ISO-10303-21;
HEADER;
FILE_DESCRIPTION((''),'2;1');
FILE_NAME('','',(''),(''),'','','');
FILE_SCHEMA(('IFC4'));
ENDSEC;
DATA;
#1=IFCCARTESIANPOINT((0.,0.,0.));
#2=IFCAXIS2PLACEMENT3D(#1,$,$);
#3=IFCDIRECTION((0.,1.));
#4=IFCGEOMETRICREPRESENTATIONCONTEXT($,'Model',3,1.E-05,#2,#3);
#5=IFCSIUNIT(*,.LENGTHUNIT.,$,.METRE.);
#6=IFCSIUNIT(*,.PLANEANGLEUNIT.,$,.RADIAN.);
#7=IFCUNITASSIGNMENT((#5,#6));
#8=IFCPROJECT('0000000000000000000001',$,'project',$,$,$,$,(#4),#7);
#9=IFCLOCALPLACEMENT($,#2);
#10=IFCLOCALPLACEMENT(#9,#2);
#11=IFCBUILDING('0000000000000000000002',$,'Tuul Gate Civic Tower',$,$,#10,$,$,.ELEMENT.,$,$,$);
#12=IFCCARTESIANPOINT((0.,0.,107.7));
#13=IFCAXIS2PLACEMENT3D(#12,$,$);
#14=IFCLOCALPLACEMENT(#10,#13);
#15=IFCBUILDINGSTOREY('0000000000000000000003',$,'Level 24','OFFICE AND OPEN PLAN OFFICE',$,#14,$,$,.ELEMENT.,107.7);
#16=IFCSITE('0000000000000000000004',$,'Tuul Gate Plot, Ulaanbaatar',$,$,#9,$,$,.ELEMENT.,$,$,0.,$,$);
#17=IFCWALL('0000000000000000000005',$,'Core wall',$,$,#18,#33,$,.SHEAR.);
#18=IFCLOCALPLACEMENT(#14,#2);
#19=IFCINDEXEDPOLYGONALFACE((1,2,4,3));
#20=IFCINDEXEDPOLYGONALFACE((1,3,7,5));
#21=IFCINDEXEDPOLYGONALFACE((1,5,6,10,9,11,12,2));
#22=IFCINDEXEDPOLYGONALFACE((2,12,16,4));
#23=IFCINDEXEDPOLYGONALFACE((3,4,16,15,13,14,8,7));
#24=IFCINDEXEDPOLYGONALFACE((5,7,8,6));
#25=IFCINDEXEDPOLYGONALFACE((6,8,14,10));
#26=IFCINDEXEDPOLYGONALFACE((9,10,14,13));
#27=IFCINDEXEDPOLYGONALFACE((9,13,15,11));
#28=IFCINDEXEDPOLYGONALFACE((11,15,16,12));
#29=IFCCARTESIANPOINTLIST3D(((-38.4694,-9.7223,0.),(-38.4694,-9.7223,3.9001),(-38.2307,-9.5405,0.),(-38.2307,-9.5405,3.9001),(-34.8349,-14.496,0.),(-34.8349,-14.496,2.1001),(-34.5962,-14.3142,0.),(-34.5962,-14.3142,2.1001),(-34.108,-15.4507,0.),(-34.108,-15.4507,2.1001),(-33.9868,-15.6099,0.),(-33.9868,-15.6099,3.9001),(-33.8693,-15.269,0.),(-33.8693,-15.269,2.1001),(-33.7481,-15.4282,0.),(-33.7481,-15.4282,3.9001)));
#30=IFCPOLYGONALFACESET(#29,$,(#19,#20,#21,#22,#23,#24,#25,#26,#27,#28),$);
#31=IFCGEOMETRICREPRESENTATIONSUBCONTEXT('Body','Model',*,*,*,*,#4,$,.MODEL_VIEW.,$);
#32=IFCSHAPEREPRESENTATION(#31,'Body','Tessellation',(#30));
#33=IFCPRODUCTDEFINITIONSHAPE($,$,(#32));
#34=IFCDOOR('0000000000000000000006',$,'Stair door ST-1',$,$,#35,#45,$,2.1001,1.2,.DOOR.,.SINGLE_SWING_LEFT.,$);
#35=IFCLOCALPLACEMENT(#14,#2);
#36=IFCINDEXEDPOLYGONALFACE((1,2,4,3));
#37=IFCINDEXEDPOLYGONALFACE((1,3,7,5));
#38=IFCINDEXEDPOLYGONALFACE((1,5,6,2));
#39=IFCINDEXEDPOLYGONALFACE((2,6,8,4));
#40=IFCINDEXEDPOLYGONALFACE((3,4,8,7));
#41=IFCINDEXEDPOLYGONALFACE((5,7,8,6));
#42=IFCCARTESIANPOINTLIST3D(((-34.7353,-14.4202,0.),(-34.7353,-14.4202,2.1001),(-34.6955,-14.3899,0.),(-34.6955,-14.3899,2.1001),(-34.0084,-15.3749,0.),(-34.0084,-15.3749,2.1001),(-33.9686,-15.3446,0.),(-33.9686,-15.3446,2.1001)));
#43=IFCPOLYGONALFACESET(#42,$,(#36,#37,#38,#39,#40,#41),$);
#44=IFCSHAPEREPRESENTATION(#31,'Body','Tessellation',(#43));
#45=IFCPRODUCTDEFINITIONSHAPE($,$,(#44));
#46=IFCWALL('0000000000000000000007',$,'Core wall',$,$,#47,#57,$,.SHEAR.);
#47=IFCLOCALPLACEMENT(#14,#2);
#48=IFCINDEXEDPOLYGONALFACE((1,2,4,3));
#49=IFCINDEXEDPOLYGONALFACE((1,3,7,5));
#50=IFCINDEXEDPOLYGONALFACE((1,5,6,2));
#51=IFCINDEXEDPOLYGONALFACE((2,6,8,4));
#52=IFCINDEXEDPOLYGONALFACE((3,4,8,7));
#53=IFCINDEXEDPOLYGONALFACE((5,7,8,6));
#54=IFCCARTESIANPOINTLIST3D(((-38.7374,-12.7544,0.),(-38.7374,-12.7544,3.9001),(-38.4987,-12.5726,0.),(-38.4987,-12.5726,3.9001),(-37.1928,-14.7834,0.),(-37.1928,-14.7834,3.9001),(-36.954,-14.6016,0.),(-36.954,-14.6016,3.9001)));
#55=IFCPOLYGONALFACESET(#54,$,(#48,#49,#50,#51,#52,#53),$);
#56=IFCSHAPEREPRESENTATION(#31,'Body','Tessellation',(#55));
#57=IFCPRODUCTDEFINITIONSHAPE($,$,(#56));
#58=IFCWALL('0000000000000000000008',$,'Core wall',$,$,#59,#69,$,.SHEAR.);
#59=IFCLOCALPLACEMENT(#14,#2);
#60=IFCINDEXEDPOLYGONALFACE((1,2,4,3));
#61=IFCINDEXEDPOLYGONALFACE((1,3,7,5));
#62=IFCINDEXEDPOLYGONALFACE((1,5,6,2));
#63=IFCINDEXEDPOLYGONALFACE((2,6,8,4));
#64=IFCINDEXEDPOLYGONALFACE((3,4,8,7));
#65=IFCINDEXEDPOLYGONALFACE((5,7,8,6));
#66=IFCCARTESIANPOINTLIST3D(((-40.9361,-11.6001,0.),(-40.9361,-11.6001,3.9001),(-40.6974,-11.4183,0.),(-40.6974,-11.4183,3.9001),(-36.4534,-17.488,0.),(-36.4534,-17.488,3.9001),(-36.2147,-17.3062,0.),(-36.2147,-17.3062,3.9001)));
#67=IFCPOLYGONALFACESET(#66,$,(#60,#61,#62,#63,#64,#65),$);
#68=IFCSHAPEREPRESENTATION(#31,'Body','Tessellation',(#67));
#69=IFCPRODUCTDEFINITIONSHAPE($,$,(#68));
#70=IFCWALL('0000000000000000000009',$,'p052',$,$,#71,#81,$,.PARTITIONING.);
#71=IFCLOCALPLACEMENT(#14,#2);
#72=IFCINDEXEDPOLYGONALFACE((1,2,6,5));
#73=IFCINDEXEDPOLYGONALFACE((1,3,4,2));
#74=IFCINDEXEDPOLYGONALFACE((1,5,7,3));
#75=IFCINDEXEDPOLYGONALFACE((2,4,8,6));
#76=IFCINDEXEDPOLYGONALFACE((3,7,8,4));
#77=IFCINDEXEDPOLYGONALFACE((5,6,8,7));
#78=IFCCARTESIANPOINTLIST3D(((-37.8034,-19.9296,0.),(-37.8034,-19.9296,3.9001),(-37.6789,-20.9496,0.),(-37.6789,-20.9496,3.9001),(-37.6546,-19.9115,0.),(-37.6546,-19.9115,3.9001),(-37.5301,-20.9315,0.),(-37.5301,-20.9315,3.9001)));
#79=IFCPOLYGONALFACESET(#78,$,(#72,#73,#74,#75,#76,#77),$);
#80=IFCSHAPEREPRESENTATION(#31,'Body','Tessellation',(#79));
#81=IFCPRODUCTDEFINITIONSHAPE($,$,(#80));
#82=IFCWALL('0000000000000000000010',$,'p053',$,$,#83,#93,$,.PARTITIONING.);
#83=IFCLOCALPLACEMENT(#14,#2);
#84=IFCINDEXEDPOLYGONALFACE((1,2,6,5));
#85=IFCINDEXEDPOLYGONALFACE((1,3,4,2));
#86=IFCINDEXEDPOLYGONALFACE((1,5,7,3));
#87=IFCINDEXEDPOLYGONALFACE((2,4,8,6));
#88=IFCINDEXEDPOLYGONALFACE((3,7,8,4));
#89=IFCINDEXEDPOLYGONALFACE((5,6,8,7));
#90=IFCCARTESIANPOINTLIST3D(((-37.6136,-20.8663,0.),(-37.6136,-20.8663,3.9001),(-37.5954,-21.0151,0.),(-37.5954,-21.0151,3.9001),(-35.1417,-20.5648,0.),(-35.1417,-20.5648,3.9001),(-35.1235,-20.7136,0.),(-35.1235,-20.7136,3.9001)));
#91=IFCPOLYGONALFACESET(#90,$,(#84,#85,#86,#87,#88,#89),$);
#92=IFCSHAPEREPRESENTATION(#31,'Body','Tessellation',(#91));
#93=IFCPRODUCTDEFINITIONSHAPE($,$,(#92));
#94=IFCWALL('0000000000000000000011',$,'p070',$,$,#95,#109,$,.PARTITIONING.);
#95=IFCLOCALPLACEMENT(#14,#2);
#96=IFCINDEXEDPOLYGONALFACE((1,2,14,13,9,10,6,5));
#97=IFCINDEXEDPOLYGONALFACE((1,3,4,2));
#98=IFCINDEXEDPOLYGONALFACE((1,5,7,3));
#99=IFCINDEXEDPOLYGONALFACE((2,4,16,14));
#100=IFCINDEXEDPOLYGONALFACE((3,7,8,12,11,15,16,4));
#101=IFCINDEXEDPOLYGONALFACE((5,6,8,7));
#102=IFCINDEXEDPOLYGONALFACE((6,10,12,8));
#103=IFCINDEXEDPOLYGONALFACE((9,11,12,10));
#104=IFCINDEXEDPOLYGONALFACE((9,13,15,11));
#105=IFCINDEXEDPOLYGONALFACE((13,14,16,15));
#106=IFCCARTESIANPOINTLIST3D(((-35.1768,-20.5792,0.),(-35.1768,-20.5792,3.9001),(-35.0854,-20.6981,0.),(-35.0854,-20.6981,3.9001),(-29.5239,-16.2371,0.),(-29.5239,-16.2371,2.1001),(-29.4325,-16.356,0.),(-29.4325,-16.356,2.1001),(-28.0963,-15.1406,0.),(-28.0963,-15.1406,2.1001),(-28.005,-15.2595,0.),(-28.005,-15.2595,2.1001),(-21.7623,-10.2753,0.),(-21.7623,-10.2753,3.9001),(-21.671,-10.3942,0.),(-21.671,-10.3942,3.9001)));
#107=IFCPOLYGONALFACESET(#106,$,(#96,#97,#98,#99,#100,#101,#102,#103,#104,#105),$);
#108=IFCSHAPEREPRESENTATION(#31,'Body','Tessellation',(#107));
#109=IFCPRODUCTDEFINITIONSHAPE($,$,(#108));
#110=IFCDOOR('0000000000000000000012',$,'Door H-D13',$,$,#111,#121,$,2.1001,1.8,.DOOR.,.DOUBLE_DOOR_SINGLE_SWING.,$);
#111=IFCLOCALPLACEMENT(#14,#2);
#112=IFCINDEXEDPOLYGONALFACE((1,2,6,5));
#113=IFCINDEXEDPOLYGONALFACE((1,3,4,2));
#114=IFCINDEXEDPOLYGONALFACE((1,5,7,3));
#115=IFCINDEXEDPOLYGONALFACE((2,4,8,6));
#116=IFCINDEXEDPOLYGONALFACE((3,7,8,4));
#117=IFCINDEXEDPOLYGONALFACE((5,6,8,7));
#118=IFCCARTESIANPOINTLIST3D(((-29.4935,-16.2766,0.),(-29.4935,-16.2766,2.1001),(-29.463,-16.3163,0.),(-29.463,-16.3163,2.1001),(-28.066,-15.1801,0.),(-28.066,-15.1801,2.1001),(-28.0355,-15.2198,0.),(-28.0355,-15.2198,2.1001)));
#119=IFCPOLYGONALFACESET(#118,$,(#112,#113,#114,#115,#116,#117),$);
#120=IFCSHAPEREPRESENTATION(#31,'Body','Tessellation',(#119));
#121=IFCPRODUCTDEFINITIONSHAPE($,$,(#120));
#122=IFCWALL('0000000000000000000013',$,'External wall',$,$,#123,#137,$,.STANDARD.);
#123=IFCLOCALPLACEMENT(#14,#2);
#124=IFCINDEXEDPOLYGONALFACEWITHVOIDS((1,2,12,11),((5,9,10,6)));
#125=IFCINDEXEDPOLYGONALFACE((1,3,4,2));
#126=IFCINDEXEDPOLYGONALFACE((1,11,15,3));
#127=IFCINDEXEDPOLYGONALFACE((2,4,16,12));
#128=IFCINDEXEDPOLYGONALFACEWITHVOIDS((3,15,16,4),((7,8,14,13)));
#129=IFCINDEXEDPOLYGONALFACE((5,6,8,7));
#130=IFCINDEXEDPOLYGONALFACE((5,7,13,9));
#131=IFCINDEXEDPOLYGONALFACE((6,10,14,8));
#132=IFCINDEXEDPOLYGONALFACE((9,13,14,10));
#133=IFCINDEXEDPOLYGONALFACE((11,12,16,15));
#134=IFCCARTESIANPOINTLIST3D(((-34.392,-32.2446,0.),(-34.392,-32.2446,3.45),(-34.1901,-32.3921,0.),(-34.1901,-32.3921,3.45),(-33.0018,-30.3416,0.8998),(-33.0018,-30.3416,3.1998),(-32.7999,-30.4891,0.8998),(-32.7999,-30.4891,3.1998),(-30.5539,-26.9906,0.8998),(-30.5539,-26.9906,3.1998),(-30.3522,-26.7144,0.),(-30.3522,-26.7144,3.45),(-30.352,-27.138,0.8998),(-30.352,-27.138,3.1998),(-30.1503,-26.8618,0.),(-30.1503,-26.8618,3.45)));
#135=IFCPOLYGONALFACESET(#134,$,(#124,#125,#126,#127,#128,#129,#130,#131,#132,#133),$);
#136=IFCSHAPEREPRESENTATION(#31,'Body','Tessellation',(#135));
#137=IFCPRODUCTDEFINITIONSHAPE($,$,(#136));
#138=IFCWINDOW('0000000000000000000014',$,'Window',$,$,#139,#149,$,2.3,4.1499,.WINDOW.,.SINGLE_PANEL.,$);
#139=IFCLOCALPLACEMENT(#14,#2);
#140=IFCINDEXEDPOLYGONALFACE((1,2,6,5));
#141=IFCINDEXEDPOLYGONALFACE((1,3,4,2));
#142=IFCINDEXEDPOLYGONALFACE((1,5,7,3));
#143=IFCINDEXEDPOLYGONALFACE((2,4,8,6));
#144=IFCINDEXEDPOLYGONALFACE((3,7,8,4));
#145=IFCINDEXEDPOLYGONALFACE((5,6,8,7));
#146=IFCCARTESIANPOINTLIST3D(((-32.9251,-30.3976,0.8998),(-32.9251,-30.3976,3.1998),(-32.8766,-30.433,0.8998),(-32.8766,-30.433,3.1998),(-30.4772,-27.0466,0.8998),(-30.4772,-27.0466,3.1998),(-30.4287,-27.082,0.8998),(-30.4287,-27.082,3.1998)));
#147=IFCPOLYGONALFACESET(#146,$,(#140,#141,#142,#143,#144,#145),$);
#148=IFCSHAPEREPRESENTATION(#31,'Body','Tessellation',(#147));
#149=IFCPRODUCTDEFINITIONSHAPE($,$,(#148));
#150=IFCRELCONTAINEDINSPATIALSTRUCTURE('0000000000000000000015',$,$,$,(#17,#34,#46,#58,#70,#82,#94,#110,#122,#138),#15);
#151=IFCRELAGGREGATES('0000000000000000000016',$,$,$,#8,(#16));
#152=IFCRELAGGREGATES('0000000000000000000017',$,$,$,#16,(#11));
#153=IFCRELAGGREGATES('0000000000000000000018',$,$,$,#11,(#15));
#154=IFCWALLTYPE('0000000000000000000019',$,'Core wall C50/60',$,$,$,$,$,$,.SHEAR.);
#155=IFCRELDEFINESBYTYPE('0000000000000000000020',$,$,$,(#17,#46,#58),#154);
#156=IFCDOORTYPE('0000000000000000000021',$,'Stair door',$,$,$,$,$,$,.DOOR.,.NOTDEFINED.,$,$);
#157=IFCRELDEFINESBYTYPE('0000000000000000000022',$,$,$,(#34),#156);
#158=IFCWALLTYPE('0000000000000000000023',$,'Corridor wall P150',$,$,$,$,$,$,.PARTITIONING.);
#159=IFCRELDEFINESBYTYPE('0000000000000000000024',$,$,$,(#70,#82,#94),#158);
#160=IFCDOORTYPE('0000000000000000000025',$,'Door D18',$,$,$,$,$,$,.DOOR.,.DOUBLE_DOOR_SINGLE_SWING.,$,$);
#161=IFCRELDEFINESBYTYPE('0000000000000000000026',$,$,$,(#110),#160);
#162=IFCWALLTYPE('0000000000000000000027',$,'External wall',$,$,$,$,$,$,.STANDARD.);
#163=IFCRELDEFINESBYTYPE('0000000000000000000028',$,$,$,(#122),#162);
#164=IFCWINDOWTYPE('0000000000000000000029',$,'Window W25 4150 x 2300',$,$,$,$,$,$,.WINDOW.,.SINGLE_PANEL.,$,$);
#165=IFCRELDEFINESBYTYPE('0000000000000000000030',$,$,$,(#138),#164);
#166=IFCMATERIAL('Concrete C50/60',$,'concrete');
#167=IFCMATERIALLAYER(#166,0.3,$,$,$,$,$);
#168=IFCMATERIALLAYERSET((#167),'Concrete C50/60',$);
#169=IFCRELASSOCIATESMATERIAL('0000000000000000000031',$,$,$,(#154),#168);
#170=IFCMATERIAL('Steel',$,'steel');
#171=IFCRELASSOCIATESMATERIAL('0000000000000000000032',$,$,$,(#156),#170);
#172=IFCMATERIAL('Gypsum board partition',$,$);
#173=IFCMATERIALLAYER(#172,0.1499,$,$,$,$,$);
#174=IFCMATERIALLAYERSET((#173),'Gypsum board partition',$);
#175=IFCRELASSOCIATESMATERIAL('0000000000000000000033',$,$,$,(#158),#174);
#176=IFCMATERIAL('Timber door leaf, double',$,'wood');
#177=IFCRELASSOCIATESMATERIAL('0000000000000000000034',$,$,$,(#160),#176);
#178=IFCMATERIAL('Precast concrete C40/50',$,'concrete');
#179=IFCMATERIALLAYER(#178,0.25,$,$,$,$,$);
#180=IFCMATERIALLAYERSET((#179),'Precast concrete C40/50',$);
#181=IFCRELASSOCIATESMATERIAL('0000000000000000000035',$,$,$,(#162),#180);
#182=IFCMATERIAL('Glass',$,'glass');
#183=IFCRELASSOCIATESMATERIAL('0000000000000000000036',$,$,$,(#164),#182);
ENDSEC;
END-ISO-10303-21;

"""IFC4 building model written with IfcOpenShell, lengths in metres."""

from ifc_helpers import new_model, si_unit, direction, frame, frame_2d, origin, place, context, subcontext, project, spatial, rectangle, extrude, material, layer, layer_set, type_object, element, fill, save


model = new_model("IFC4")

# Units and contexts
model_context = context("Model", 3, precision=1e-05, world=origin(), true_north=direction((0.0, 1.0)))
body_context = subcontext(model_context, "Body", "Model", "MODEL_VIEW")
ifc_project = project(units=[si_unit("LENGTHUNIT", "METRE"), si_unit("PLANEANGLEUNIT", "RADIAN")], contexts=[model_context])

# Site, building, storey
site_placement = place(None, origin())
site = spatial("IfcSite", under=ifc_project, at=site_placement, Name="Tuul Gate Plot, Ulaanbaatar", CompositionType="ELEMENT", RefElevation=0.0)
building_placement = place(site_placement, origin())
building = spatial("IfcBuilding", under=site, at=building_placement, Name="Tuul Gate Civic Tower", CompositionType="ELEMENT")
storey_placement = place(building_placement, frame((0.0, 0.0, 107.7)))
storey = spatial("IfcBuildingStorey", under=building, at=storey_placement, Name="Level 24", Description="OFFICE AND OPEN PLAN OFFICE", CompositionType="ELEMENT", Elevation=107.7)

# Shared definitions
ifc_material_1 = material(Name="Concrete C50/60", Category="concrete")
ifc_layer_1 = layer(ifc_material_1, 0.3)
ifc_layer_set_1 = layer_set([ifc_layer_1], Name="Concrete C50/60")
wall_type_1 = type_object("IfcWallType", Name="Core wall C50/60", PredefinedType="SHEAR", material=ifc_layer_set_1)

# Wall, opening, door
wall_1_placement = place(storey_placement, frame((-33.8674, -15.519, 0.0), z_axis=(0.0, 0.0, 1.0), x_axis=(-0.60577, 0.79564, 0.0)))
wall_1 = element("IfcWall", 1, at=wall_1_placement, inside=storey, type_object=wall_type_1, Name="Core wall", PredefinedType="SHEAR", context=body_context, shape_type="SweptSolid", body=[
    extrude(rectangle(XDim=7.3999, YDim=0.3, at=frame_2d((3.7, 0.0))), origin(), (0.0, 0.0, 1.0), 3.9001),
])
opening_1_placement = place(wall_1_placement, frame((0.2, 0.0, 0.0)))
opening_1 = element("IfcOpeningElement", 2, at=opening_1_placement, cuts=wall_1, PredefinedType="OPENING", context=body_context, shape_type="SweptSolid", body=[
    extrude(rectangle(XDim=1.2, YDim=2.1001, at=frame_2d((0.6001, 1.05))), frame((0.0, 0.1602, 0.0), z_axis=(0.0, -1.0, 0.0), x_axis=(1.0, 0.0, 0.0)), (0.0, 0.0, 1.0), 0.3201),
])
ifc_material_2 = material(Name="Steel", Category="steel")
door_type_1 = type_object("IfcDoorType", Name="Stair door", OperationType="NOTDEFINED", PredefinedType="DOOR", material=ifc_material_2)
door_1_placement = place(opening_1_placement, origin())
door_1 = element("IfcDoor", 3, at=door_1_placement, inside=storey, type_object=door_type_1, Name="Stair door ST-1", OperationType="SINGLE_SWING_LEFT", OverallHeight=2.1001, OverallWidth=1.2, PredefinedType="DOOR", context=body_context, shape_type="SweptSolid", body=[
    extrude(rectangle(XDim=1.2, YDim=2.1001, at=frame_2d((0.6001, 1.05))), frame((0.0, 0.0249, 0.0), z_axis=(0.0, -1.0, 0.0), x_axis=(1.0, 0.0, 0.0)), (0.0, 0.0, 1.0), 0.05),
])
fill(opening_1, door_1)

# Walls
wall_2_placement = place(storey_placement, frame((-37.0735, -14.6924, 0.0), z_axis=(0.0, 0.0, 1.0), x_axis=(-0.605729, 0.795671, 0.0)))
element("IfcWall", 4, at=wall_2_placement, inside=storey, type_object=wall_type_1, Name="Core wall", PredefinedType="SHEAR", context=body_context, shape_type="SweptSolid", body=[
    extrude(rectangle(XDim=2.55, YDim=0.3, at=frame_2d((1.2749, 0.0))), origin(), (0.0, 0.0, 1.0), 3.9001),
])
wall_3_placement = place(storey_placement, frame((-36.334, -17.3972, 0.0), z_axis=(0.0, 0.0, 1.0), x_axis=(-0.605754, 0.795652, 0.0)))
element("IfcWall", 5, at=wall_3_placement, inside=storey, type_object=wall_type_1, Name="Core wall", PredefinedType="SHEAR", context=body_context, shape_type="SweptSolid", body=[
    extrude(rectangle(XDim=7.4001, YDim=0.3, at=frame_2d((3.7002, 0.0))), origin(), (0.0, 0.0, 1.0), 3.9001),
])
ifc_material_3 = material(Name="Gypsum board partition")
ifc_layer_2 = layer(ifc_material_3, 0.1499)
ifc_layer_set_2 = layer_set([ifc_layer_2], Name="Gypsum board partition")
wall_type_2 = type_object("IfcWallType", Name="Corridor wall P150", PredefinedType="PARTITIONING", material=ifc_layer_set_2)
wall_4_placement = place(storey_placement, frame((-37.729, -19.9207, 0.0), z_axis=(0.0, 0.0, 1.0), x_axis=(0.121169, -0.992632, 0.0)))
element("IfcWall", 6, at=wall_4_placement, inside=storey, type_object=wall_type_2, Name="p052", PredefinedType="PARTITIONING", context=body_context, shape_type="SweptSolid", body=[
    extrude(rectangle(XDim=1.0276, YDim=0.1499, at=frame_2d((0.5137, 0.0))), origin(), (0.0, 0.0, 1.0), 3.9001),
])
wall_5_placement = place(storey_placement, frame((-37.6045, -20.9407, 0.0), z_axis=(0.0, 0.0, 1.0), x_axis=(0.992643, 0.121078, 0.0)))
element("IfcWall", 7, at=wall_5_placement, inside=storey, type_object=wall_type_2, Name="p053", PredefinedType="PARTITIONING", context=body_context, shape_type="SweptSolid", body=[
    extrude(rectangle(XDim=2.4902, YDim=0.1499, at=frame_2d((1.2451, 0.0))), origin(), (0.0, 0.0, 1.0), 3.9001),
])

# Wall, opening, door
wall_6_placement = place(storey_placement, frame((-35.1311, -20.6387, 0.0), z_axis=(0.0, 0.0, 1.0), x_axis=(0.79305, 0.609156, 0.0)))
wall_6 = element("IfcWall", 8, at=wall_6_placement, inside=storey, type_object=wall_type_2, Name="p070", PredefinedType="PARTITIONING", context=body_context, shape_type="SweptSolid", body=[
    extrude(rectangle(XDim=16.915, YDim=0.1499, at=frame_2d((8.4575, 0.0))), origin(), (0.0, 0.0, 1.0), 3.9001),
])
opening_2_placement = place(wall_6_placement, frame((7.1282, 0.0, 0.0)))
opening_2 = element("IfcOpeningElement", 9, at=opening_2_placement, cuts=wall_6, PredefinedType="OPENING", context=body_context, shape_type="SweptSolid", body=[
    extrude(rectangle(XDim=1.8, YDim=2.1001, at=frame_2d((0.8999, 1.05))), frame((0.0, 0.085, 0.0), z_axis=(0.0, -1.0, 0.0), x_axis=(1.0, 0.0, 0.0)), (0.0, 0.0, 1.0), 0.1699),
])
ifc_material_4 = material(Name="Timber door leaf, double", Category="wood")
door_type_2 = type_object("IfcDoorType", Name="Door D18", OperationType="DOUBLE_DOOR_SINGLE_SWING", PredefinedType="DOOR", material=ifc_material_4)
door_2_placement = place(opening_2_placement, frame((1.8, 0.0, 0.0), z_axis=(0.0, 0.0, 1.0), x_axis=(-1.0, 0.0, 0.0)))
door_2 = element("IfcDoor", 10, at=door_2_placement, inside=storey, type_object=door_type_2, Name="Door H-D13", OperationType="DOUBLE_DOOR_SINGLE_SWING", OverallHeight=2.1001, OverallWidth=1.8, PredefinedType="DOOR", context=body_context, shape_type="SweptSolid", body=[
    extrude(rectangle(XDim=1.8, YDim=2.1001, at=frame_2d((0.9001, 1.05))), frame((0.0, 0.0249, 0.0), z_axis=(0.0, -1.0, 0.0), x_axis=(1.0, 0.0, 0.0)), (0.0, 0.0, 1.0), 0.05),
])
fill(opening_2, door_2)

# Wall, opening, window
ifc_material_5 = material(Name="Precast concrete C40/50", Category="concrete")
ifc_layer_3 = layer(ifc_material_5, 0.25)
ifc_layer_set_3 = layer_set([ifc_layer_3], Name="Precast concrete C40/50")
wall_type_3 = type_object("IfcWallType", Name="External wall", PredefinedType="STANDARD", material=ifc_layer_set_3)
wall_7_placement = place(storey_placement, frame((-34.291, -32.3184, 0.0), z_axis=(0.0, 0.0, 1.0), x_axis=(0.589868, 0.8075, 0.0)))
wall_7 = element("IfcWall", 11, at=wall_7_placement, inside=storey, type_object=wall_type_3, Name="External wall", PredefinedType="STANDARD", context=body_context, shape_type="SweptSolid", body=[
    extrude(rectangle(XDim=6.8486, YDim=0.25, at=frame_2d((3.4243, 0.0))), origin(), (0.0, 0.0, 1.0), 3.45),
])
opening_3_placement = place(wall_7_placement, frame((2.3567, 0.0, 0.8999)))
opening_3 = element("IfcOpeningElement", 12, at=opening_3_placement, cuts=wall_7, PredefinedType="OPENING", context=body_context, shape_type="SweptSolid", body=[
    extrude(rectangle(XDim=4.1499, YDim=2.3, at=frame_2d((2.075, 1.1499))), frame((0.0, 0.135, 0.0), z_axis=(0.0, -1.0, 0.0), x_axis=(1.0, 0.0, 0.0)), (0.0, 0.0, 1.0), 0.27),
])
ifc_material_6 = material(Name="Glass", Category="glass")
window_type_1 = type_object("IfcWindowType", Name="Window W25 4150 x 2300", PartitioningType="SINGLE_PANEL", PredefinedType="WINDOW", material=ifc_material_6)
window_1_placement = place(opening_3_placement, origin())
window_1 = element("IfcWindow", 13, at=window_1_placement, inside=storey, type_object=window_type_1, Name="Window", OverallHeight=2.3, OverallWidth=4.1499, PartitioningType="SINGLE_PANEL", PredefinedType="WINDOW", context=body_context, shape_type="SweptSolid", body=[
    extrude(rectangle(XDim=4.1499, YDim=2.3, at=frame_2d((2.075, 1.1499))), frame((0.0, 0.03, 0.0), z_axis=(0.0, -1.0, 0.0), x_axis=(1.0, 0.0, 0.0)), (0.0, 0.0, 1.0), 0.0601),
])
fill(opening_3, window_1)

save(model, "model.ifc")
